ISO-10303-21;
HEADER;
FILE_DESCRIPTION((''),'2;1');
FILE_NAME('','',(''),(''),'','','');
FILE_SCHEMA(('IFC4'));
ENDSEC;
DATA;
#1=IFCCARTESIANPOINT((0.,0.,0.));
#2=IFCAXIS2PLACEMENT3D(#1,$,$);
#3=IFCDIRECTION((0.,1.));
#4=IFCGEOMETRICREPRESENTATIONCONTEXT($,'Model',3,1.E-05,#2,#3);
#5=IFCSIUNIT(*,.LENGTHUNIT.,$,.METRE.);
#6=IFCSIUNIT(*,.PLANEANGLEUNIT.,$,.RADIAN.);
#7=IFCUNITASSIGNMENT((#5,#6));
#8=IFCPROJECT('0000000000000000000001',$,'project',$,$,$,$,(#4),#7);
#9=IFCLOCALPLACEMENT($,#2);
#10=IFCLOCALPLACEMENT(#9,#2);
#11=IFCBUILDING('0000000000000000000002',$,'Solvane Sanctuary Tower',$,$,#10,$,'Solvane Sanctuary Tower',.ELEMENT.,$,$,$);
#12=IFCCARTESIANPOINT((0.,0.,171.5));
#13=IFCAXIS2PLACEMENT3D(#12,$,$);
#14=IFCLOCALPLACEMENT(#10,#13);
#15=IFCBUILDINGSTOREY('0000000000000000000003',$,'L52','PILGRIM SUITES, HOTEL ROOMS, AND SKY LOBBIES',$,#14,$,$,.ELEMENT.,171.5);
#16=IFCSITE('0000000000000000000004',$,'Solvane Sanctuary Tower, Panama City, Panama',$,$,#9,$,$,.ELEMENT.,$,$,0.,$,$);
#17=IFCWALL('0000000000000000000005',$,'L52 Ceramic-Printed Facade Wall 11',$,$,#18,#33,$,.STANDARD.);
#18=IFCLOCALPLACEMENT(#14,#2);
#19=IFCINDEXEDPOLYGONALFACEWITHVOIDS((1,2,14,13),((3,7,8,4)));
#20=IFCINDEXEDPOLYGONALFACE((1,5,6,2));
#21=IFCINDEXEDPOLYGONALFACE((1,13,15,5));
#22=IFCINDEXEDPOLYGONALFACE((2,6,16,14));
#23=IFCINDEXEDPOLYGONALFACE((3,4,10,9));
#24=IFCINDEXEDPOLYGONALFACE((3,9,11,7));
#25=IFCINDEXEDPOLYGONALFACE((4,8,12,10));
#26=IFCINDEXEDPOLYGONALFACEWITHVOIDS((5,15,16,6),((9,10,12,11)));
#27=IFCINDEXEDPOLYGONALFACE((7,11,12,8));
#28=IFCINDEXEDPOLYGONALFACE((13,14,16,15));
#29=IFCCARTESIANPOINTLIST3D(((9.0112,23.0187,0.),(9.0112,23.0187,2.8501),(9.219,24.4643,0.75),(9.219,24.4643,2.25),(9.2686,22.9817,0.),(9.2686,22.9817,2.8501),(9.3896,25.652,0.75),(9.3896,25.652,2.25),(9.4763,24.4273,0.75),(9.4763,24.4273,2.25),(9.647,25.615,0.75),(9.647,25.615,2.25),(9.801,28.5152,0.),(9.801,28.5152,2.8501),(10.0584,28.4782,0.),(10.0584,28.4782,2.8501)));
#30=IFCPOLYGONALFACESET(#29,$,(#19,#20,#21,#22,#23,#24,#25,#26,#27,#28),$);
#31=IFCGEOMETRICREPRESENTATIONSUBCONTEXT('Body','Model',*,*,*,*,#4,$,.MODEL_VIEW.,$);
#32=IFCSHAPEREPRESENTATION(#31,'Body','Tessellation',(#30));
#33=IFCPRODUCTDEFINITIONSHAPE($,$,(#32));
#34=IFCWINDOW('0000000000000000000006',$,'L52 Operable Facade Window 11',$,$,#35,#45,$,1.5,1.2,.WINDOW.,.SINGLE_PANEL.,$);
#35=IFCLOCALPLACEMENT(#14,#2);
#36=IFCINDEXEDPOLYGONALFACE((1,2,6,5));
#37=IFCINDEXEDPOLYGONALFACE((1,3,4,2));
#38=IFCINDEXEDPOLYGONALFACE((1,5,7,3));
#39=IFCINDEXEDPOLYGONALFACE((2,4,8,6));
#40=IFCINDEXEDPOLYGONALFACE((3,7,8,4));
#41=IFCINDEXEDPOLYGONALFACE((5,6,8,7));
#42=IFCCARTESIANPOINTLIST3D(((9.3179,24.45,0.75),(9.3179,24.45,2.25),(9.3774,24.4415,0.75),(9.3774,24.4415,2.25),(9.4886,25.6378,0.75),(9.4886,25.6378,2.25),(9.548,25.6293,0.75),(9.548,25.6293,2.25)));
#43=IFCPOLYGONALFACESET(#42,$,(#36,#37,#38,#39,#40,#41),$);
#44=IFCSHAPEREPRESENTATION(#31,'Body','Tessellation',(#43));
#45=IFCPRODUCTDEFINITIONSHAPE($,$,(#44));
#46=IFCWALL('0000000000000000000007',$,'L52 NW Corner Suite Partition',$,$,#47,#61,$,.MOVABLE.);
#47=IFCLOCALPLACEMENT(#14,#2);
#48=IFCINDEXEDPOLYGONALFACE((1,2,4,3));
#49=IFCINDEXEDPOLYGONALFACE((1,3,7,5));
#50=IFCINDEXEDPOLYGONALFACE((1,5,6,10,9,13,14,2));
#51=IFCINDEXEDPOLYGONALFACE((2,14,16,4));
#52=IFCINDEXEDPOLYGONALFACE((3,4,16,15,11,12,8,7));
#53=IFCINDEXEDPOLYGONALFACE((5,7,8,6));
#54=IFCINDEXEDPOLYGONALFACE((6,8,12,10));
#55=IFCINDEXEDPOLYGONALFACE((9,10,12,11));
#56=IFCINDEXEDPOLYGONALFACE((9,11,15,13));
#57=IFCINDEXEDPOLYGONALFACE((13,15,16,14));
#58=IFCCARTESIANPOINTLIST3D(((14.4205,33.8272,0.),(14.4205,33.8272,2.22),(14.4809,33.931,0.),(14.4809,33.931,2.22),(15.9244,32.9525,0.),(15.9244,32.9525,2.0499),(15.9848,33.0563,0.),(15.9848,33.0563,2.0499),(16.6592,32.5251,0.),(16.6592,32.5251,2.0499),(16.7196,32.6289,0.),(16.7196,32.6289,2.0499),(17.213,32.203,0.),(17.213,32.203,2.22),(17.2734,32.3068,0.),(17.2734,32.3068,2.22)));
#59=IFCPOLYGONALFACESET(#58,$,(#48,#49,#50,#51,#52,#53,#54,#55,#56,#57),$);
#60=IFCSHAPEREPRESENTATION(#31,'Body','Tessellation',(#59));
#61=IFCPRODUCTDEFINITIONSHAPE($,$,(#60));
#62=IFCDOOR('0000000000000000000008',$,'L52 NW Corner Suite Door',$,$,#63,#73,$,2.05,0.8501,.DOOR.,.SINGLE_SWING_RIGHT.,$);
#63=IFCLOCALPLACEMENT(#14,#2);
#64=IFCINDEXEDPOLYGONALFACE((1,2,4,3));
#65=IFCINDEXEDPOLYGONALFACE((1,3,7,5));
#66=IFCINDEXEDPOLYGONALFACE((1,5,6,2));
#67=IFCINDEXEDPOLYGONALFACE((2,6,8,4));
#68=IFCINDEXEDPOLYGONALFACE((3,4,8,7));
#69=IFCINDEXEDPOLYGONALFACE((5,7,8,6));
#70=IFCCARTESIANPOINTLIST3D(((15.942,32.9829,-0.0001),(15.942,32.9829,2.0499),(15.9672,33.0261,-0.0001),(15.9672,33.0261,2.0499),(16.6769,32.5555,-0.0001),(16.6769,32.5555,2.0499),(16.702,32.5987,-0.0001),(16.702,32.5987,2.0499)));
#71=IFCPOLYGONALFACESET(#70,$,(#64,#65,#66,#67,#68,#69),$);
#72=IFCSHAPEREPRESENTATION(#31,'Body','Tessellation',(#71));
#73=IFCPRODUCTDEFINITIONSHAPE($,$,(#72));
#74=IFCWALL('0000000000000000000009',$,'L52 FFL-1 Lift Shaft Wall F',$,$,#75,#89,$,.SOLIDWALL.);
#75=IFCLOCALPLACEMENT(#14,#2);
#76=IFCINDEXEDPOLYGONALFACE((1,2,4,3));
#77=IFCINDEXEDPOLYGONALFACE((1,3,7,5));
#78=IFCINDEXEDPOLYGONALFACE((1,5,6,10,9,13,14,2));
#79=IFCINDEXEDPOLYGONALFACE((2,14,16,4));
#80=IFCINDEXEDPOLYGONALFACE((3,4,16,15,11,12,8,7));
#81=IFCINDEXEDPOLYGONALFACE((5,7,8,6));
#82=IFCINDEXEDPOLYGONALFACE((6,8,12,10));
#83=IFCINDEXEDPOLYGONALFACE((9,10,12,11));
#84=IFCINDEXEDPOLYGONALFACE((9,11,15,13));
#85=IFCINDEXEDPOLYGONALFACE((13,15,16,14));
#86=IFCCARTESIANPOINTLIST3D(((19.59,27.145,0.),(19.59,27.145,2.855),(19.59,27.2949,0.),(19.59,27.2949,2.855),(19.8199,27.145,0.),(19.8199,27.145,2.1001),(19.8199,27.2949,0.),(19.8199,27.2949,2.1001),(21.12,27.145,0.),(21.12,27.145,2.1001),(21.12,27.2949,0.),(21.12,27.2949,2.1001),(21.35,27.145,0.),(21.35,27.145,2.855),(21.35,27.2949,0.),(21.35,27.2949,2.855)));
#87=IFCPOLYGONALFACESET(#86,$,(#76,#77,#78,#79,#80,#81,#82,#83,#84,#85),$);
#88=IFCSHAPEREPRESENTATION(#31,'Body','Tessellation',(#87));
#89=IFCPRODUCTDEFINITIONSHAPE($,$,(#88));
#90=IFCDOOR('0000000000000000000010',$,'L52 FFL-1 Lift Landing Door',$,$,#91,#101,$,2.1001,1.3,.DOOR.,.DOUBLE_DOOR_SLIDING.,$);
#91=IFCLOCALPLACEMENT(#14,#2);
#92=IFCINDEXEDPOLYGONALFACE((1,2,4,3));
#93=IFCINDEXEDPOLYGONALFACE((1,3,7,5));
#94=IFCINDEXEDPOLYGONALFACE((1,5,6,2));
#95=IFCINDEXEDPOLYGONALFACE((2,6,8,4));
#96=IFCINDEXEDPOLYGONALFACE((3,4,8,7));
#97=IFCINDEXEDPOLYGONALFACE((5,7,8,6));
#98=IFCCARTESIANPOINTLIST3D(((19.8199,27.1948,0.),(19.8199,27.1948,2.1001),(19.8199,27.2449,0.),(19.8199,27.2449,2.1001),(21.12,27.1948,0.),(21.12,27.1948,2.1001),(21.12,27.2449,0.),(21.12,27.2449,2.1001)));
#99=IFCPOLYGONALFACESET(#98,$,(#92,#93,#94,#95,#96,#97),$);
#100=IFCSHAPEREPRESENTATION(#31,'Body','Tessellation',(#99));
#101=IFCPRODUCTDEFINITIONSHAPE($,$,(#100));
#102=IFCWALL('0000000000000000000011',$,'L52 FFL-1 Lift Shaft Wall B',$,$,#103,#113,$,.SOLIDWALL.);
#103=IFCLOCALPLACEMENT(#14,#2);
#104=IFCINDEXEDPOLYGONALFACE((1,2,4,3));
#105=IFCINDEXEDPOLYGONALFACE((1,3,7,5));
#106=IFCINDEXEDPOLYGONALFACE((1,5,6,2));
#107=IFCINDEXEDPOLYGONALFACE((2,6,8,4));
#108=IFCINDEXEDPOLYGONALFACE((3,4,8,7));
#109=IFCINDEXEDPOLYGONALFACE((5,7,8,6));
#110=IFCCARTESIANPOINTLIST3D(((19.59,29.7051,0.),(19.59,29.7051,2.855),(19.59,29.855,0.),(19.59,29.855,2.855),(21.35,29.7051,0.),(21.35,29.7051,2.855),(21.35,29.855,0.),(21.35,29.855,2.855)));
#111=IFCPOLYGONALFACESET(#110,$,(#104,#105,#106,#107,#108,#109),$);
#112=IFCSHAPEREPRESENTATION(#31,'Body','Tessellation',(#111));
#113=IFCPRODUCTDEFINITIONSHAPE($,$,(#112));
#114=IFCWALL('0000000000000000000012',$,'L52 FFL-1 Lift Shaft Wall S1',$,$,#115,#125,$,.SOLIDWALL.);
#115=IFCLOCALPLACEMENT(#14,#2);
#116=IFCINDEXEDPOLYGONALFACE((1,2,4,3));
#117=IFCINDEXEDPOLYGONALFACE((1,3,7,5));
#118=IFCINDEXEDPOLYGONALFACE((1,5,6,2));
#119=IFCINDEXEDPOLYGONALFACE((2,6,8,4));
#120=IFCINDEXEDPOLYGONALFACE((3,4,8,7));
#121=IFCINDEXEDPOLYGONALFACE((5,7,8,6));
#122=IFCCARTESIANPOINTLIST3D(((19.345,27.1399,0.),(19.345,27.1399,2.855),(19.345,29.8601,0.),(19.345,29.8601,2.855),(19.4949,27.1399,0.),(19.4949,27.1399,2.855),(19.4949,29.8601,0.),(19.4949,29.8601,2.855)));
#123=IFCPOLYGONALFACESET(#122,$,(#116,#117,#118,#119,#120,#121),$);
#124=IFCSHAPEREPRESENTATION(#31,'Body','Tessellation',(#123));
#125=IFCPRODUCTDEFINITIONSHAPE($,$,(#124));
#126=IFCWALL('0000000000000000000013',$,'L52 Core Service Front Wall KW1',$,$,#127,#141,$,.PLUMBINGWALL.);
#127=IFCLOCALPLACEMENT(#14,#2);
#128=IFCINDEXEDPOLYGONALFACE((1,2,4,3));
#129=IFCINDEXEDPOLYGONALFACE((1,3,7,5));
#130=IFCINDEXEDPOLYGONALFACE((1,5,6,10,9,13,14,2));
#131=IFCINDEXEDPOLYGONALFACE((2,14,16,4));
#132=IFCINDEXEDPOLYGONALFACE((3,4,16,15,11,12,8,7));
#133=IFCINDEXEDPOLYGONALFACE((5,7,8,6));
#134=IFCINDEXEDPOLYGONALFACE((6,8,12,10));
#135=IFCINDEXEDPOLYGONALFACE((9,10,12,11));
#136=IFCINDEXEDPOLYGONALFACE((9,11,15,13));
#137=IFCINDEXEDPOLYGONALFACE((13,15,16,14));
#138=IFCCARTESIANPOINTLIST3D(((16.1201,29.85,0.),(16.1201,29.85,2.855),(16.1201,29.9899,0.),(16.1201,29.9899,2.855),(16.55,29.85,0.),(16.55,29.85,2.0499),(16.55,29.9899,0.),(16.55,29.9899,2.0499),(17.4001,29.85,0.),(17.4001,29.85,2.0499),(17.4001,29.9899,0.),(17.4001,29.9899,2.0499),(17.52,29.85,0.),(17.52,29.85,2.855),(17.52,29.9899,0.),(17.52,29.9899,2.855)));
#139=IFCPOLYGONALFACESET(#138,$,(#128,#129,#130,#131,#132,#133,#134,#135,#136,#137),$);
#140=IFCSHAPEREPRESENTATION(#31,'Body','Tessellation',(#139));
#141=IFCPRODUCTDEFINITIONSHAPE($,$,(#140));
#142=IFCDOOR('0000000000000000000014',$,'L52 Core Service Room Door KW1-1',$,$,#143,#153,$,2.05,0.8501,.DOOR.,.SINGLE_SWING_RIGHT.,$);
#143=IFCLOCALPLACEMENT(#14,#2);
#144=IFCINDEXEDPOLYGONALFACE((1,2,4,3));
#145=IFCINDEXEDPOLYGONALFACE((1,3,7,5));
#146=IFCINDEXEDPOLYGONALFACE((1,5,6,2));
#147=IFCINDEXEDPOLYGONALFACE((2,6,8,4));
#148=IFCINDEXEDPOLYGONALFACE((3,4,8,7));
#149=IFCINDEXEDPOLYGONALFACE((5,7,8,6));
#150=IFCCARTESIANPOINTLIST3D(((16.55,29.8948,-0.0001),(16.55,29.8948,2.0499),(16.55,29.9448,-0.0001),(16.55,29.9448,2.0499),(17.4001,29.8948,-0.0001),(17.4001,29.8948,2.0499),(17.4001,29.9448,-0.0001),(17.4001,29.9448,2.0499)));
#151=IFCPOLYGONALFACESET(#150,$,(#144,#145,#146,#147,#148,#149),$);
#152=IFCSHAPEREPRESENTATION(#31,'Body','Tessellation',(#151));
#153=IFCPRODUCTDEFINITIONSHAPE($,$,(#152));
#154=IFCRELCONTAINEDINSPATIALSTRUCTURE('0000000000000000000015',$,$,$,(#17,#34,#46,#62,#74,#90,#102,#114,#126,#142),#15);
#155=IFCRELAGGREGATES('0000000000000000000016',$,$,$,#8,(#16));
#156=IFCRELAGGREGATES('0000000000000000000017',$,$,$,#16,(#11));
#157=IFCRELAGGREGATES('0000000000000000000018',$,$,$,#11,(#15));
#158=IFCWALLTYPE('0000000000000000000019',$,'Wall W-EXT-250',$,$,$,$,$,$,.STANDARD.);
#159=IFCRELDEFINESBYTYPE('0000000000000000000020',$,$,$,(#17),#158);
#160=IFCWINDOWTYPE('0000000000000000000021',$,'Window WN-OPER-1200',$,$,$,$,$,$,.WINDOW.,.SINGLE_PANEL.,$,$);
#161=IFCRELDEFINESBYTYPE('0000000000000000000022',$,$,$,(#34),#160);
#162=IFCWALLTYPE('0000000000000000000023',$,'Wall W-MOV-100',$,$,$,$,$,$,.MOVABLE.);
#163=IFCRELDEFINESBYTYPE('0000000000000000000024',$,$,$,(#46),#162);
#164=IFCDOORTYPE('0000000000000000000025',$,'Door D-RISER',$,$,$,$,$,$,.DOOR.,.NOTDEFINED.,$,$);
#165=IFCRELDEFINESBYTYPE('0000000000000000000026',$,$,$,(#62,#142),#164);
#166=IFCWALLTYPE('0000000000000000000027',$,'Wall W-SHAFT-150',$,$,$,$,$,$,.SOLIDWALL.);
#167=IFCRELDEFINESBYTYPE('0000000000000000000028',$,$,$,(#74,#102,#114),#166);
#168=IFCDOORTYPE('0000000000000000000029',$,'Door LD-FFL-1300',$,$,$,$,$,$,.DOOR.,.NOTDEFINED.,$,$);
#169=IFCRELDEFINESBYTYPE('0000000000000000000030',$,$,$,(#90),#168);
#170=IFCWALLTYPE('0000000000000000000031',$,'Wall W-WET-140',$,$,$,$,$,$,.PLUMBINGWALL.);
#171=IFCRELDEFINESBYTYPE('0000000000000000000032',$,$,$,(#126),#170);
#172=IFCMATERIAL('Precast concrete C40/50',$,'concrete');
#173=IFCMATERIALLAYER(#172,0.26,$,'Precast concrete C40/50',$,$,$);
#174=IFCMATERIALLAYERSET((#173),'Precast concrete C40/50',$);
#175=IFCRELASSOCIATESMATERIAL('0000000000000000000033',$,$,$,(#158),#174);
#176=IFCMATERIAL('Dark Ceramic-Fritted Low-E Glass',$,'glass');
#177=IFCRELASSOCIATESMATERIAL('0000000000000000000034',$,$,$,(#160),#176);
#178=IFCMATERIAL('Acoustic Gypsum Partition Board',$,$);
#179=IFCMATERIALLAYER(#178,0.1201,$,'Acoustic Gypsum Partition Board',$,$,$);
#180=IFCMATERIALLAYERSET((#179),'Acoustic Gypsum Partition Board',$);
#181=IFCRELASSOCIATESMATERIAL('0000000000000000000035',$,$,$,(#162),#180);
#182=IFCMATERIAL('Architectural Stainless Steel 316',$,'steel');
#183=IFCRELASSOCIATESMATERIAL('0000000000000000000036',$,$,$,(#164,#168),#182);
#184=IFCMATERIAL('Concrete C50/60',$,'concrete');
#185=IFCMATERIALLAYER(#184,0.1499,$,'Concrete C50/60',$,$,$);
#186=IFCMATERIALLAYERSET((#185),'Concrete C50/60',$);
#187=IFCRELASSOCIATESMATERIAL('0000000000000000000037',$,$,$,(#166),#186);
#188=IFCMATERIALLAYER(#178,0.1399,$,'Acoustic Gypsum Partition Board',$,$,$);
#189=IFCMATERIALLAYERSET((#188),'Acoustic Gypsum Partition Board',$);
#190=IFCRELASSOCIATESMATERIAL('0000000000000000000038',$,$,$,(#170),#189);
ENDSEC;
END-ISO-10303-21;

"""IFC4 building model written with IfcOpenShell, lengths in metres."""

from ifc_helpers import new_model, si_unit, direction, frame, frame_2d, origin, place, context, subcontext, project, spatial, rectangle, extrude, material, layer, layer_set, type_object, element, fill, save


model = new_model("IFC4")

# Units and contexts
model_context = context("Model", 3, precision=1e-05, world=origin(), true_north=direction((0.0, 1.0)))
body_context = subcontext(model_context, "Body", "Model", "MODEL_VIEW")
ifc_project = project(units=[si_unit("LENGTHUNIT", "METRE"), si_unit("PLANEANGLEUNIT", "RADIAN")], contexts=[model_context])

# Site, building, storey
site_placement = place(None, origin())
site = spatial("IfcSite", under=ifc_project, at=site_placement, Name="Solvane Sanctuary Tower, Panama City, Panama", CompositionType="ELEMENT", RefElevation=0.0)
building_placement = place(site_placement, origin())
building = spatial("IfcBuilding", under=site, at=building_placement, Name="Solvane Sanctuary Tower", LongName="Solvane Sanctuary Tower", CompositionType="ELEMENT")
storey_placement = place(building_placement, frame((0.0, 0.0, 171.5)))
storey = spatial("IfcBuildingStorey", under=building, at=storey_placement, Name="L52", Description="PILGRIM SUITES, HOTEL ROOMS, AND SKY LOBBIES", CompositionType="ELEMENT", Elevation=171.5)

# Shared definitions
ifc_material_1 = material(Name="Acoustic Gypsum Partition Board")

# Shared definitions
ifc_material_2 = material(Name="Precast concrete C40/50", Category="concrete")
ifc_layer_1 = layer(ifc_material_2, 0.26, Name="Precast concrete C40/50")
ifc_layer_set_1 = layer_set([ifc_layer_1], Name="Precast concrete C40/50")
wall_type_1 = type_object("IfcWallType", Name="Wall W-EXT-250", PredefinedType="STANDARD", material=ifc_layer_set_1)

# Wall, opening, window
ifc_material_3 = material(Name="Dark Ceramic-Fritted Low-E Glass", Category="glass")
window_type_1 = type_object("IfcWindowType", Name="Window WN-OPER-1200", PartitioningType="SINGLE_PANEL", PredefinedType="WINDOW", material=ifc_material_3)
wall_1_placement = place(storey_placement, frame((9.9297, 28.4966, 0.0), z_axis=(0.0, 0.0, 1.0), x_axis=(-0.142228, -0.989834, 0.0)))
wall_1 = element("IfcWall", 1, at=wall_1_placement, inside=storey, type_object=wall_type_1, Name="L52 Ceramic-Printed Facade Wall 11", PredefinedType="STANDARD", context=body_context, shape_type="SweptSolid", body=[
    extrude(rectangle(XDim=5.553, YDim=0.26, at=frame_2d((2.7764, 0.0))), origin(), (0.0, 0.0, 1.0), 2.8501),
])
opening_1_placement = place(wall_1_placement, frame((2.8923, 0.0, 0.75)))
opening_1 = element("IfcOpeningElement", 2, at=opening_1_placement, cuts=wall_1, PredefinedType="OPENING", context=body_context, shape_type="SweptSolid", body=[
    extrude(rectangle(XDim=1.2, YDim=1.5, at=frame_2d((0.6001, 0.75))), frame((0.0, 0.1399, 0.0), z_axis=(0.0, -1.0, 0.0), x_axis=(1.0, 0.0, 0.0)), (0.0, 0.0, 1.0), 0.28),
])
window_1_placement = place(opening_1_placement, origin())
window_1 = element("IfcWindow", 3, at=window_1_placement, inside=storey, type_object=window_type_1, Name="L52 Operable Facade Window 11", OverallHeight=1.5, OverallWidth=1.2, PartitioningType="SINGLE_PANEL", PredefinedType="WINDOW", context=body_context, shape_type="SweptSolid", body=[
    extrude(rectangle(XDim=1.2, YDim=1.5, at=frame_2d((0.6001, 0.75))), frame((0.0, 0.03, 0.0), z_axis=(0.0, -1.0, 0.0), x_axis=(1.0, 0.0, 0.0)), (0.0, 0.0, 1.0), 0.0601),
])
fill(opening_1, window_1)

# Walls, openings, doors
ifc_layer_2 = layer(ifc_material_1, 0.1201, Name="Acoustic Gypsum Partition Board")
ifc_layer_set_2 = layer_set([ifc_layer_2], Name="Acoustic Gypsum Partition Board")
wall_type_2 = type_object("IfcWallType", Name="Wall W-MOV-100", PredefinedType="MOVABLE", material=ifc_layer_set_2)
wall_2_placement = place(storey_placement, frame((17.2432, 32.2549, 0.0), z_axis=(0.0, 0.0, 1.0), x_axis=(-0.864409, 0.50279, 0.0)))
wall_2 = element("IfcWall", 4, at=wall_2_placement, inside=storey, type_object=wall_type_2, Name="L52 NW Corner Suite Partition", PredefinedType="MOVABLE", context=body_context, shape_type="SweptSolid", body=[
    extrude(rectangle(XDim=3.2305, YDim=0.1201, at=frame_2d((1.6152, 0.0))), origin(), (0.0, 0.0, 1.0), 2.22),
])
opening_2_placement = place(wall_2_placement, frame((0.6406, 0.0, 0.0)))
opening_2 = element("IfcOpeningElement", 5, at=opening_2_placement, cuts=wall_2, PredefinedType="OPENING", context=body_context, shape_type="SweptSolid", body=[
    extrude(rectangle(XDim=0.8501, YDim=2.05, at=frame_2d((0.425, 1.0249))), frame((0.0, 0.0701, 0.0), z_axis=(0.0, -1.0, 0.0), x_axis=(1.0, 0.0, 0.0)), (0.0, 0.0, 1.0), 0.1401),
])
ifc_material_4 = material(Name="Architectural Stainless Steel 316", Category="steel")
door_type_1 = type_object("IfcDoorType", Name="Door D-RISER", OperationType="NOTDEFINED", PredefinedType="DOOR", material=ifc_material_4)
door_1_placement = place(opening_2_placement, origin())
door_1 = element("IfcDoor", 6, at=door_1_placement, inside=storey, type_object=door_type_1, Name="L52 NW Corner Suite Door", OperationType="SINGLE_SWING_RIGHT", OverallHeight=2.05, OverallWidth=0.8501, PredefinedType="DOOR", context=body_context, shape_type="SweptSolid", body=[
    extrude(rectangle(XDim=0.8501, YDim=2.05, at=frame_2d((0.425, 1.0249))), frame((0.0, 0.0249, 0.0), z_axis=(0.0, -1.0, 0.0), x_axis=(1.0, 0.0, 0.0)), (0.0, 0.0, 1.0), 0.05),
])
fill(opening_2, door_1)
ifc_material_5 = material(Name="Concrete C50/60", Category="concrete")
ifc_layer_3 = layer(ifc_material_5, 0.1499, Name="Concrete C50/60")
ifc_layer_set_3 = layer_set([ifc_layer_3], Name="Concrete C50/60")
wall_type_3 = type_object("IfcWallType", Name="Wall W-SHAFT-150", PredefinedType="SOLIDWALL", material=ifc_layer_set_3)
wall_3_placement = place(storey_placement, frame((19.5901, 27.22, 0.0), z_axis=(0.0, 0.0, 1.0), x_axis=(1.0, 0.0, 0.0)))
wall_3 = element("IfcWall", 7, at=wall_3_placement, inside=storey, type_object=wall_type_3, Name="L52 FFL-1 Lift Shaft Wall F", PredefinedType="SOLIDWALL", context=body_context, shape_type="SweptSolid", body=[
    extrude(rectangle(XDim=1.76, YDim=0.1499, at=frame_2d((0.8799, 0.0))), origin(), (0.0, 0.0, 1.0), 2.855),
])
opening_3_placement = place(wall_3_placement, frame((0.23, 0.0, 0.0)))
opening_3 = element("IfcOpeningElement", 8, at=opening_3_placement, cuts=wall_3, PredefinedType="OPENING", context=body_context, shape_type="SweptSolid", body=[
    extrude(rectangle(XDim=1.3, YDim=2.1001, at=frame_2d((0.6499, 1.05))), frame((0.0, 0.085, 0.0), z_axis=(0.0, -1.0, 0.0), x_axis=(1.0, 0.0, 0.0)), (0.0, 0.0, 1.0), 0.1699),
])
door_type_2 = type_object("IfcDoorType", Name="Door LD-FFL-1300", OperationType="NOTDEFINED", PredefinedType="DOOR", material=ifc_material_4)
door_2_placement = place(opening_3_placement, origin())
door_2 = element("IfcDoor", 9, at=door_2_placement, inside=storey, type_object=door_type_2, Name="L52 FFL-1 Lift Landing Door", OperationType="DOUBLE_DOOR_SLIDING", OverallHeight=2.1001, OverallWidth=1.3, PredefinedType="DOOR", context=body_context, shape_type="SweptSolid", body=[
    extrude(rectangle(XDim=1.3, YDim=2.1001, at=frame_2d((0.6499, 1.05))), frame((0.0, 0.0249, 0.0), z_axis=(0.0, -1.0, 0.0), x_axis=(1.0, 0.0, 0.0)), (0.0, 0.0, 1.0), 0.05),
])
fill(opening_3, door_2)

# Walls
wall_4_placement = place(storey_placement, frame((19.5901, 29.78, 0.0), z_axis=(0.0, 0.0, 1.0), x_axis=(1.0, 0.0, 0.0)))
element("IfcWall", 10, at=wall_4_placement, inside=storey, type_object=wall_type_3, Name="L52 FFL-1 Lift Shaft Wall B", PredefinedType="SOLIDWALL", context=body_context, shape_type="SweptSolid", body=[
    extrude(rectangle(XDim=1.76, YDim=0.1499, at=frame_2d((0.8799, 0.0))), origin(), (0.0, 0.0, 1.0), 2.855),
])
wall_5_placement = place(storey_placement, frame((19.4199, 27.1399, 0.0), z_axis=(0.0, 0.0, 1.0), x_axis=(0.0, 1.0, 0.0)))
element("IfcWall", 11, at=wall_5_placement, inside=storey, type_object=wall_type_3, Name="L52 FFL-1 Lift Shaft Wall S1", PredefinedType="SOLIDWALL", context=body_context, shape_type="SweptSolid", body=[
    extrude(rectangle(XDim=2.7202, YDim=0.1499, at=frame_2d((1.3601, 0.0))), origin(), (0.0, 0.0, 1.0), 2.855),
])

# Wall, opening, door
ifc_layer_4 = layer(ifc_material_1, 0.1399, Name="Acoustic Gypsum Partition Board")
ifc_layer_set_4 = layer_set([ifc_layer_4], Name="Acoustic Gypsum Partition Board")
wall_type_4 = type_object("IfcWallType", Name="Wall W-WET-140", PredefinedType="PLUMBINGWALL", material=ifc_layer_set_4)
wall_6_placement = place(storey_placement, frame((16.1201, 29.9199, 0.0), z_axis=(0.0, 0.0, 1.0), x_axis=(1.0, 0.0, 0.0)))
wall_6 = element("IfcWall", 12, at=wall_6_placement, inside=storey, type_object=wall_type_4, Name="L52 Core Service Front Wall KW1", PredefinedType="PLUMBINGWALL", context=body_context, shape_type="SweptSolid", body=[
    extrude(rectangle(XDim=1.3999, YDim=0.1399, at=frame_2d((0.7, 0.0))), origin(), (0.0, 0.0, 1.0), 2.855),
])
opening_4_placement = place(wall_6_placement, frame((0.4299, 0.0, 0.0)))
opening_4 = element("IfcOpeningElement", 13, at=opening_4_placement, cuts=wall_6, PredefinedType="OPENING", context=body_context, shape_type="SweptSolid", body=[
    extrude(rectangle(XDim=0.8501, YDim=2.05, at=frame_2d((0.425, 1.0249))), frame((0.0, 0.0798, 0.0), z_axis=(0.0, -1.0, 0.0), x_axis=(1.0, 0.0, 0.0)), (0.0, 0.0, 1.0), 0.1599),
])
door_3_placement = place(opening_4_placement, origin())
door_3 = element("IfcDoor", 14, at=door_3_placement, inside=storey, type_object=door_type_1, Name="L52 Core Service Room Door KW1-1", OperationType="SINGLE_SWING_RIGHT", OverallHeight=2.05, OverallWidth=0.8501, PredefinedType="DOOR", context=body_context, shape_type="SweptSolid", body=[
    extrude(rectangle(XDim=0.8501, YDim=2.05, at=frame_2d((0.425, 1.0249))), frame((0.0, 0.0249, 0.0), z_axis=(0.0, -1.0, 0.0), x_axis=(1.0, 0.0, 0.0)), (0.0, 0.0, 1.0), 0.05),
])
fill(opening_4, door_3)

save(model, "model.ifc")
